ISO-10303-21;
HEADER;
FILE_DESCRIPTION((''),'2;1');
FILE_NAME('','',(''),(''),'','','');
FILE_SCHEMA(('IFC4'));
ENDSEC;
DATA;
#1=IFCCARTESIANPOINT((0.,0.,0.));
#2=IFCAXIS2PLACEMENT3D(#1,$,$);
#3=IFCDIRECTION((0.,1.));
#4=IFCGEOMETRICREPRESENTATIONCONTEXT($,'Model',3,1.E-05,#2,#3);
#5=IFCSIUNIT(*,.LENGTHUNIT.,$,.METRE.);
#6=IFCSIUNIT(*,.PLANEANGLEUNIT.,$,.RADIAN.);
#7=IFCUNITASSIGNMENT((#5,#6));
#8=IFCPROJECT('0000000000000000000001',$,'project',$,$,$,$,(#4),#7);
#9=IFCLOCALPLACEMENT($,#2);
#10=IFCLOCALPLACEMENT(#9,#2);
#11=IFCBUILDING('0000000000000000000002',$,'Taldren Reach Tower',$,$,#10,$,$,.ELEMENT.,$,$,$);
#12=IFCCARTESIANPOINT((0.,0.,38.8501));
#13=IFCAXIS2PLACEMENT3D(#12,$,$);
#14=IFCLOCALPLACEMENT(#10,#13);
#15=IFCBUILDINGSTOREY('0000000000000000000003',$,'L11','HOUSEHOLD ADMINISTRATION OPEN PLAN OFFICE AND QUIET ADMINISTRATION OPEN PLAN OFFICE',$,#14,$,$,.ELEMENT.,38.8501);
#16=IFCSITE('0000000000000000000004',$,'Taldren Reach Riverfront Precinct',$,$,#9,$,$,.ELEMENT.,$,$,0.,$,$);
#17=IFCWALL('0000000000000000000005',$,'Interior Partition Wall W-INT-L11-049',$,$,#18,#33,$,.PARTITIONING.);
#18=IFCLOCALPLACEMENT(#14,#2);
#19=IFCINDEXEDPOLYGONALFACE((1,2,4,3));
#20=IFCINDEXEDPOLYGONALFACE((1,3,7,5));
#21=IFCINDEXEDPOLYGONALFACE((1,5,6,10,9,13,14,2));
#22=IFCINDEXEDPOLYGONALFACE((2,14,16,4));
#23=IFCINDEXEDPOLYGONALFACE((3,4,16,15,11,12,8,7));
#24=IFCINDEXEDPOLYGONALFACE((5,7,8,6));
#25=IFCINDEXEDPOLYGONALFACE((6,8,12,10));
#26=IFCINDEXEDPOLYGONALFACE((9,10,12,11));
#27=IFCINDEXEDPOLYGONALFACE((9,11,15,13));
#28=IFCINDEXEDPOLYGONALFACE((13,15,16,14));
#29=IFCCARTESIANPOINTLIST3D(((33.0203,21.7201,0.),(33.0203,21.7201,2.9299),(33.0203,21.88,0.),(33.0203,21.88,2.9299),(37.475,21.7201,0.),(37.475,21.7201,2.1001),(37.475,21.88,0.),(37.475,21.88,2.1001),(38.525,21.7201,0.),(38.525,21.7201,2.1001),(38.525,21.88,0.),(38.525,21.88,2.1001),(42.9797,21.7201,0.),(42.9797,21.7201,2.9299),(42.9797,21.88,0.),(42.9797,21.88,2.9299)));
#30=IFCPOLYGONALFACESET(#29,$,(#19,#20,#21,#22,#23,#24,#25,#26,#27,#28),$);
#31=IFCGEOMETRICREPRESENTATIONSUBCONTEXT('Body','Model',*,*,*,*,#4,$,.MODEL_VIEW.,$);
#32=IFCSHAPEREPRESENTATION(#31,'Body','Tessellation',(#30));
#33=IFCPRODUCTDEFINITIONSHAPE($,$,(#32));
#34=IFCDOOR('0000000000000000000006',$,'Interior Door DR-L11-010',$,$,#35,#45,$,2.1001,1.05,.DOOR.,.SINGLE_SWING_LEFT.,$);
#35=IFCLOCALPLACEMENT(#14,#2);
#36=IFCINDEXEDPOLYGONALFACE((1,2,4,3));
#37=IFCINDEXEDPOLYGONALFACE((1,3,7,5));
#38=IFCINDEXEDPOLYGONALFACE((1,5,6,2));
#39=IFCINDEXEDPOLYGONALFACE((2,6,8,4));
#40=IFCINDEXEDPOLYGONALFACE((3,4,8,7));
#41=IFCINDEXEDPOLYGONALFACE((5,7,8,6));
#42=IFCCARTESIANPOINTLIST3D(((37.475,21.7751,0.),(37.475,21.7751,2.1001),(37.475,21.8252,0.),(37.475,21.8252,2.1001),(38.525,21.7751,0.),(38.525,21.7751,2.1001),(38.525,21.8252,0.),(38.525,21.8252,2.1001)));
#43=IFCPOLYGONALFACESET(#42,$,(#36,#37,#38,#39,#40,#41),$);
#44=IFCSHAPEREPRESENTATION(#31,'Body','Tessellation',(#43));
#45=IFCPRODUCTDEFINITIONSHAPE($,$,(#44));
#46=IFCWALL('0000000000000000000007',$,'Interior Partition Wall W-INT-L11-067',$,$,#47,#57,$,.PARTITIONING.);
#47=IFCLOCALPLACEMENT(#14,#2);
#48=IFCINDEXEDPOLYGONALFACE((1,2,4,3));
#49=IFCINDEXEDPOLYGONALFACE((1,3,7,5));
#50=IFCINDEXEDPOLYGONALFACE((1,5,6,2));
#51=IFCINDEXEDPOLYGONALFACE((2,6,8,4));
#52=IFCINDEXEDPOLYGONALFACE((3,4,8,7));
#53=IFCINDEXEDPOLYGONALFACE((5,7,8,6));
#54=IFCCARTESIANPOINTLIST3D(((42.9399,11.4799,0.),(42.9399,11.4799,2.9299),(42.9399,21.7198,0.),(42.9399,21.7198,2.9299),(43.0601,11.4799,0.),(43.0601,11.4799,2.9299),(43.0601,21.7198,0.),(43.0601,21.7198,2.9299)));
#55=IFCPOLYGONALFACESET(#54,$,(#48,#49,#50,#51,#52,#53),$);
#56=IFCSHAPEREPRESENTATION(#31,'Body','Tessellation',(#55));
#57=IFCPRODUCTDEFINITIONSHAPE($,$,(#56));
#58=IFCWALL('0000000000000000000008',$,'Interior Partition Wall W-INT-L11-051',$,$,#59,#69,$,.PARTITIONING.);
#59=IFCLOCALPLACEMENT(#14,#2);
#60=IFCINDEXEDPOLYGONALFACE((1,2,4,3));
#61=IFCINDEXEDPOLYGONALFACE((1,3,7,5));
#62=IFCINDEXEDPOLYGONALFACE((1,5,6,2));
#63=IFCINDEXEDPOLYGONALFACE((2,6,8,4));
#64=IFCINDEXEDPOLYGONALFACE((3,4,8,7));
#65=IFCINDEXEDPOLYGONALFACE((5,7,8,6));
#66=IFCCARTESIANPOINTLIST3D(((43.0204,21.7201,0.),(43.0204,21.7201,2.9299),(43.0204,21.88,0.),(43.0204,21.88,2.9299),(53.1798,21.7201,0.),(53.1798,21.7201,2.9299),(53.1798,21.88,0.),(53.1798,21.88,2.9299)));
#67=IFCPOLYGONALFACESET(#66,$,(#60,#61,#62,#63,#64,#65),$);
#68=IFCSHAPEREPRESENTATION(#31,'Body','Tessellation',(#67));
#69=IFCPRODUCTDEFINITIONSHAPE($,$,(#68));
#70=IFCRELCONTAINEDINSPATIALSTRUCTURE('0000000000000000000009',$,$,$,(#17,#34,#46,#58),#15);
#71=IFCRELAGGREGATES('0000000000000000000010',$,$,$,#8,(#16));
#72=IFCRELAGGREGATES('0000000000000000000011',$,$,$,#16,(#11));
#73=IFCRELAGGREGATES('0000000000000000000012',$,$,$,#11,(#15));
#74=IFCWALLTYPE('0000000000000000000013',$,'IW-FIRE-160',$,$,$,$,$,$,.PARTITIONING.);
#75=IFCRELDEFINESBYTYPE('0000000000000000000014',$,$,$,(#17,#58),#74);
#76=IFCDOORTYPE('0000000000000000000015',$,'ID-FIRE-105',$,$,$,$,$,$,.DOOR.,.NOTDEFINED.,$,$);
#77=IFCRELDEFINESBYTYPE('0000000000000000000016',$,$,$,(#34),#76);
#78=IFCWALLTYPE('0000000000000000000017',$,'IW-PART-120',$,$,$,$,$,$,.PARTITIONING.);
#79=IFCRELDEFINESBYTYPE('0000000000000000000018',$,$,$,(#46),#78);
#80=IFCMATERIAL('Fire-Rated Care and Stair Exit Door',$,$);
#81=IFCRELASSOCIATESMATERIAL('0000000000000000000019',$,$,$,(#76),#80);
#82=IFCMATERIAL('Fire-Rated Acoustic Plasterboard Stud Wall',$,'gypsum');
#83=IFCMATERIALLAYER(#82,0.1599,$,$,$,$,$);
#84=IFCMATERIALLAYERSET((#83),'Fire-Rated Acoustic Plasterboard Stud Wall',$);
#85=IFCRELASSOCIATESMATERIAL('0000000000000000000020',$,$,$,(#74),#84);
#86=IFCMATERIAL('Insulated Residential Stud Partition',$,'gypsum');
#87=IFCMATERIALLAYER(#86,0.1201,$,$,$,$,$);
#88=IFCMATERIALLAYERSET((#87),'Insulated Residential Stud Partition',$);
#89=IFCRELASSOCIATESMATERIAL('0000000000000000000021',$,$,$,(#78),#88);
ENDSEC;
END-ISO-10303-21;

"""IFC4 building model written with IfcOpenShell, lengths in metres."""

from ifc_helpers import new_model, si_unit, direction, frame, frame_2d, origin, place, context, subcontext, project, spatial, rectangle, extrude, source, transform, mapped, material, layer, layer_set, type_object, element, fill, save


model = new_model("IFC4")

# Units and contexts
model_context = context("Model", 3, precision=1e-05, world=origin(), true_north=direction((0.0, 1.0)))
body_context = subcontext(model_context, "Body", "Model", "MODEL_VIEW")
ifc_project = project(units=[si_unit("LENGTHUNIT", "METRE"), si_unit("PLANEANGLEUNIT", "RADIAN")], contexts=[model_context])

# Site, building, storey
site_placement = place(None, origin())
site = spatial("IfcSite", under=ifc_project, at=site_placement, Name="Taldren Reach Riverfront Precinct", CompositionType="ELEMENT", RefElevation=0.0)
building_placement = place(site_placement, origin())
building = spatial("IfcBuilding", under=site, at=building_placement, Name="Taldren Reach Tower", CompositionType="ELEMENT")
storey_placement = place(building_placement, frame((0.0, 0.0, 38.8501)))
storey = spatial("IfcBuildingStorey", under=building, at=storey_placement, Name="L11", Description="HOUSEHOLD ADMINISTRATION OPEN PLAN OFFICE AND QUIET ADMINISTRATION OPEN PLAN OFFICE", CompositionType="ELEMENT", Elevation=38.8501)

# Wall, opening, door
ifc_material_1 = material(Name="Fire-Rated Care and Stair Exit Door")
door_type = type_object("IfcDoorType", Name="ID-FIRE-105", OperationType="NOTDEFINED", PredefinedType="DOOR", material=ifc_material_1)
shared_shape_1 = source(origin(), body_context, "Body", "SweptSolid", [
    extrude(rectangle(XDim=1.05, YDim=2.1001, at=frame_2d((0.5249, 1.05))), frame((0.0, 0.0249, 0.0), z_axis=(0.0, -1.0, 0.0), x_axis=(1.0, 0.0, 0.0)), (0.0, 0.0, 1.0), 0.05),
])
ifc_material_2 = material(Name="Fire-Rated Acoustic Plasterboard Stud Wall", Category="gypsum")
ifc_layer_1 = layer(ifc_material_2, 0.1599)
ifc_layer_set_1 = layer_set([ifc_layer_1], Name="Fire-Rated Acoustic Plasterboard Stud Wall")
wall_type_1 = type_object("IfcWallType", Name="IW-FIRE-160", PredefinedType="PARTITIONING", material=ifc_layer_set_1)
shared_shape_2 = source(origin(), body_context, "Body", "SweptSolid", [
    extrude(rectangle(XDim=9.9595, YDim=0.1599, at=frame_2d((4.9797, 0.0))), origin(), (0.0, 0.0, 1.0), 2.9299),
])
wall_1_placement = place(storey_placement, frame((42.9797, 21.8, 0.0), z_axis=(0.0, 0.0, 1.0), x_axis=(-1.0, 0.0, 0.0)))
wall_1 = element("IfcWall", 1, at=wall_1_placement, inside=storey, type_object=wall_type_1, Name="Interior Partition Wall W-INT-L11-049", PredefinedType="PARTITIONING", context=body_context, shape_type="MappedRepresentation", body=[
    mapped(shared_shape_2, transform((0.0, 0.0, 0.0), scale=1.0)),
])
shared_shape_3 = source(origin(), body_context, "Body", "SweptSolid", [
    extrude(rectangle(XDim=1.05, YDim=2.1001, at=frame_2d((0.5249, 1.05))), frame((0.0, 0.0898, 0.0), z_axis=(0.0, -1.0, 0.0), x_axis=(1.0, 0.0, 0.0)), (0.0, 0.0, 1.0), 0.1799),
])
opening_1_placement = place(wall_1_placement, frame((4.4548, 0.0, 0.0)))
opening_1 = element("IfcOpeningElement", 2, at=opening_1_placement, cuts=wall_1, PredefinedType="OPENING", context=body_context, shape_type="MappedRepresentation", body=[
    mapped(shared_shape_3, transform((0.0, 0.0, 0.0), scale=1.0)),
])
door_1_placement = place(opening_1_placement, origin())
door_1 = element("IfcDoor", 3, at=door_1_placement, inside=storey, type_object=door_type, Name="Interior Door DR-L11-010", OperationType="SINGLE_SWING_LEFT", OverallHeight=2.1001, OverallWidth=1.05, PredefinedType="DOOR", context=body_context, shape_type="MappedRepresentation", body=[
    mapped(shared_shape_1, transform((0.0, 0.0, 0.0), scale=1.0)),
])
fill(opening_1, door_1)

# Walls
ifc_material_3 = material(Name="Insulated Residential Stud Partition", Category="gypsum")
ifc_layer_2 = layer(ifc_material_3, 0.1201)
ifc_layer_set_2 = layer_set([ifc_layer_2], Name="Insulated Residential Stud Partition")
wall_type_2 = type_object("IfcWallType", Name="IW-PART-120", PredefinedType="PARTITIONING", material=ifc_layer_set_2)
shared_shape_4 = source(origin(), body_context, "Body", "SweptSolid", [
    extrude(rectangle(XDim=10.24, YDim=0.1201, at=frame_2d((5.1201, 0.0))), origin(), (0.0, 0.0, 1.0), 2.9299),
])
wall_2_placement = place(storey_placement, frame((43.0, 21.72, 0.0), z_axis=(0.0, 0.0, 1.0), x_axis=(0.0, -1.0, 0.0)))
element("IfcWall", 4, at=wall_2_placement, inside=storey, type_object=wall_type_2, Name="Interior Partition Wall W-INT-L11-067", PredefinedType="PARTITIONING", context=body_context, shape_type="MappedRepresentation", body=[
    mapped(shared_shape_4, transform((0.0, 0.0, 0.0), scale=1.0)),
])
shared_shape_5 = source(origin(), body_context, "Body", "SweptSolid", [
    extrude(rectangle(XDim=10.1594, YDim=0.1599, at=frame_2d((5.0796, 0.0))), origin(), (0.0, 0.0, 1.0), 2.9299),
])
wall_3_placement = place(storey_placement, frame((53.1797, 21.8, 0.0), z_axis=(0.0, 0.0, 1.0), x_axis=(-1.0, 0.0, 0.0)))
element("IfcWall", 5, at=wall_3_placement, inside=storey, type_object=wall_type_1, Name="Interior Partition Wall W-INT-L11-051", PredefinedType="PARTITIONING", context=body_context, shape_type="MappedRepresentation", body=[
    mapped(shared_shape_5, transform((0.0, 0.0, 0.0), scale=1.0)),
])

save(model, "model.ifc")
